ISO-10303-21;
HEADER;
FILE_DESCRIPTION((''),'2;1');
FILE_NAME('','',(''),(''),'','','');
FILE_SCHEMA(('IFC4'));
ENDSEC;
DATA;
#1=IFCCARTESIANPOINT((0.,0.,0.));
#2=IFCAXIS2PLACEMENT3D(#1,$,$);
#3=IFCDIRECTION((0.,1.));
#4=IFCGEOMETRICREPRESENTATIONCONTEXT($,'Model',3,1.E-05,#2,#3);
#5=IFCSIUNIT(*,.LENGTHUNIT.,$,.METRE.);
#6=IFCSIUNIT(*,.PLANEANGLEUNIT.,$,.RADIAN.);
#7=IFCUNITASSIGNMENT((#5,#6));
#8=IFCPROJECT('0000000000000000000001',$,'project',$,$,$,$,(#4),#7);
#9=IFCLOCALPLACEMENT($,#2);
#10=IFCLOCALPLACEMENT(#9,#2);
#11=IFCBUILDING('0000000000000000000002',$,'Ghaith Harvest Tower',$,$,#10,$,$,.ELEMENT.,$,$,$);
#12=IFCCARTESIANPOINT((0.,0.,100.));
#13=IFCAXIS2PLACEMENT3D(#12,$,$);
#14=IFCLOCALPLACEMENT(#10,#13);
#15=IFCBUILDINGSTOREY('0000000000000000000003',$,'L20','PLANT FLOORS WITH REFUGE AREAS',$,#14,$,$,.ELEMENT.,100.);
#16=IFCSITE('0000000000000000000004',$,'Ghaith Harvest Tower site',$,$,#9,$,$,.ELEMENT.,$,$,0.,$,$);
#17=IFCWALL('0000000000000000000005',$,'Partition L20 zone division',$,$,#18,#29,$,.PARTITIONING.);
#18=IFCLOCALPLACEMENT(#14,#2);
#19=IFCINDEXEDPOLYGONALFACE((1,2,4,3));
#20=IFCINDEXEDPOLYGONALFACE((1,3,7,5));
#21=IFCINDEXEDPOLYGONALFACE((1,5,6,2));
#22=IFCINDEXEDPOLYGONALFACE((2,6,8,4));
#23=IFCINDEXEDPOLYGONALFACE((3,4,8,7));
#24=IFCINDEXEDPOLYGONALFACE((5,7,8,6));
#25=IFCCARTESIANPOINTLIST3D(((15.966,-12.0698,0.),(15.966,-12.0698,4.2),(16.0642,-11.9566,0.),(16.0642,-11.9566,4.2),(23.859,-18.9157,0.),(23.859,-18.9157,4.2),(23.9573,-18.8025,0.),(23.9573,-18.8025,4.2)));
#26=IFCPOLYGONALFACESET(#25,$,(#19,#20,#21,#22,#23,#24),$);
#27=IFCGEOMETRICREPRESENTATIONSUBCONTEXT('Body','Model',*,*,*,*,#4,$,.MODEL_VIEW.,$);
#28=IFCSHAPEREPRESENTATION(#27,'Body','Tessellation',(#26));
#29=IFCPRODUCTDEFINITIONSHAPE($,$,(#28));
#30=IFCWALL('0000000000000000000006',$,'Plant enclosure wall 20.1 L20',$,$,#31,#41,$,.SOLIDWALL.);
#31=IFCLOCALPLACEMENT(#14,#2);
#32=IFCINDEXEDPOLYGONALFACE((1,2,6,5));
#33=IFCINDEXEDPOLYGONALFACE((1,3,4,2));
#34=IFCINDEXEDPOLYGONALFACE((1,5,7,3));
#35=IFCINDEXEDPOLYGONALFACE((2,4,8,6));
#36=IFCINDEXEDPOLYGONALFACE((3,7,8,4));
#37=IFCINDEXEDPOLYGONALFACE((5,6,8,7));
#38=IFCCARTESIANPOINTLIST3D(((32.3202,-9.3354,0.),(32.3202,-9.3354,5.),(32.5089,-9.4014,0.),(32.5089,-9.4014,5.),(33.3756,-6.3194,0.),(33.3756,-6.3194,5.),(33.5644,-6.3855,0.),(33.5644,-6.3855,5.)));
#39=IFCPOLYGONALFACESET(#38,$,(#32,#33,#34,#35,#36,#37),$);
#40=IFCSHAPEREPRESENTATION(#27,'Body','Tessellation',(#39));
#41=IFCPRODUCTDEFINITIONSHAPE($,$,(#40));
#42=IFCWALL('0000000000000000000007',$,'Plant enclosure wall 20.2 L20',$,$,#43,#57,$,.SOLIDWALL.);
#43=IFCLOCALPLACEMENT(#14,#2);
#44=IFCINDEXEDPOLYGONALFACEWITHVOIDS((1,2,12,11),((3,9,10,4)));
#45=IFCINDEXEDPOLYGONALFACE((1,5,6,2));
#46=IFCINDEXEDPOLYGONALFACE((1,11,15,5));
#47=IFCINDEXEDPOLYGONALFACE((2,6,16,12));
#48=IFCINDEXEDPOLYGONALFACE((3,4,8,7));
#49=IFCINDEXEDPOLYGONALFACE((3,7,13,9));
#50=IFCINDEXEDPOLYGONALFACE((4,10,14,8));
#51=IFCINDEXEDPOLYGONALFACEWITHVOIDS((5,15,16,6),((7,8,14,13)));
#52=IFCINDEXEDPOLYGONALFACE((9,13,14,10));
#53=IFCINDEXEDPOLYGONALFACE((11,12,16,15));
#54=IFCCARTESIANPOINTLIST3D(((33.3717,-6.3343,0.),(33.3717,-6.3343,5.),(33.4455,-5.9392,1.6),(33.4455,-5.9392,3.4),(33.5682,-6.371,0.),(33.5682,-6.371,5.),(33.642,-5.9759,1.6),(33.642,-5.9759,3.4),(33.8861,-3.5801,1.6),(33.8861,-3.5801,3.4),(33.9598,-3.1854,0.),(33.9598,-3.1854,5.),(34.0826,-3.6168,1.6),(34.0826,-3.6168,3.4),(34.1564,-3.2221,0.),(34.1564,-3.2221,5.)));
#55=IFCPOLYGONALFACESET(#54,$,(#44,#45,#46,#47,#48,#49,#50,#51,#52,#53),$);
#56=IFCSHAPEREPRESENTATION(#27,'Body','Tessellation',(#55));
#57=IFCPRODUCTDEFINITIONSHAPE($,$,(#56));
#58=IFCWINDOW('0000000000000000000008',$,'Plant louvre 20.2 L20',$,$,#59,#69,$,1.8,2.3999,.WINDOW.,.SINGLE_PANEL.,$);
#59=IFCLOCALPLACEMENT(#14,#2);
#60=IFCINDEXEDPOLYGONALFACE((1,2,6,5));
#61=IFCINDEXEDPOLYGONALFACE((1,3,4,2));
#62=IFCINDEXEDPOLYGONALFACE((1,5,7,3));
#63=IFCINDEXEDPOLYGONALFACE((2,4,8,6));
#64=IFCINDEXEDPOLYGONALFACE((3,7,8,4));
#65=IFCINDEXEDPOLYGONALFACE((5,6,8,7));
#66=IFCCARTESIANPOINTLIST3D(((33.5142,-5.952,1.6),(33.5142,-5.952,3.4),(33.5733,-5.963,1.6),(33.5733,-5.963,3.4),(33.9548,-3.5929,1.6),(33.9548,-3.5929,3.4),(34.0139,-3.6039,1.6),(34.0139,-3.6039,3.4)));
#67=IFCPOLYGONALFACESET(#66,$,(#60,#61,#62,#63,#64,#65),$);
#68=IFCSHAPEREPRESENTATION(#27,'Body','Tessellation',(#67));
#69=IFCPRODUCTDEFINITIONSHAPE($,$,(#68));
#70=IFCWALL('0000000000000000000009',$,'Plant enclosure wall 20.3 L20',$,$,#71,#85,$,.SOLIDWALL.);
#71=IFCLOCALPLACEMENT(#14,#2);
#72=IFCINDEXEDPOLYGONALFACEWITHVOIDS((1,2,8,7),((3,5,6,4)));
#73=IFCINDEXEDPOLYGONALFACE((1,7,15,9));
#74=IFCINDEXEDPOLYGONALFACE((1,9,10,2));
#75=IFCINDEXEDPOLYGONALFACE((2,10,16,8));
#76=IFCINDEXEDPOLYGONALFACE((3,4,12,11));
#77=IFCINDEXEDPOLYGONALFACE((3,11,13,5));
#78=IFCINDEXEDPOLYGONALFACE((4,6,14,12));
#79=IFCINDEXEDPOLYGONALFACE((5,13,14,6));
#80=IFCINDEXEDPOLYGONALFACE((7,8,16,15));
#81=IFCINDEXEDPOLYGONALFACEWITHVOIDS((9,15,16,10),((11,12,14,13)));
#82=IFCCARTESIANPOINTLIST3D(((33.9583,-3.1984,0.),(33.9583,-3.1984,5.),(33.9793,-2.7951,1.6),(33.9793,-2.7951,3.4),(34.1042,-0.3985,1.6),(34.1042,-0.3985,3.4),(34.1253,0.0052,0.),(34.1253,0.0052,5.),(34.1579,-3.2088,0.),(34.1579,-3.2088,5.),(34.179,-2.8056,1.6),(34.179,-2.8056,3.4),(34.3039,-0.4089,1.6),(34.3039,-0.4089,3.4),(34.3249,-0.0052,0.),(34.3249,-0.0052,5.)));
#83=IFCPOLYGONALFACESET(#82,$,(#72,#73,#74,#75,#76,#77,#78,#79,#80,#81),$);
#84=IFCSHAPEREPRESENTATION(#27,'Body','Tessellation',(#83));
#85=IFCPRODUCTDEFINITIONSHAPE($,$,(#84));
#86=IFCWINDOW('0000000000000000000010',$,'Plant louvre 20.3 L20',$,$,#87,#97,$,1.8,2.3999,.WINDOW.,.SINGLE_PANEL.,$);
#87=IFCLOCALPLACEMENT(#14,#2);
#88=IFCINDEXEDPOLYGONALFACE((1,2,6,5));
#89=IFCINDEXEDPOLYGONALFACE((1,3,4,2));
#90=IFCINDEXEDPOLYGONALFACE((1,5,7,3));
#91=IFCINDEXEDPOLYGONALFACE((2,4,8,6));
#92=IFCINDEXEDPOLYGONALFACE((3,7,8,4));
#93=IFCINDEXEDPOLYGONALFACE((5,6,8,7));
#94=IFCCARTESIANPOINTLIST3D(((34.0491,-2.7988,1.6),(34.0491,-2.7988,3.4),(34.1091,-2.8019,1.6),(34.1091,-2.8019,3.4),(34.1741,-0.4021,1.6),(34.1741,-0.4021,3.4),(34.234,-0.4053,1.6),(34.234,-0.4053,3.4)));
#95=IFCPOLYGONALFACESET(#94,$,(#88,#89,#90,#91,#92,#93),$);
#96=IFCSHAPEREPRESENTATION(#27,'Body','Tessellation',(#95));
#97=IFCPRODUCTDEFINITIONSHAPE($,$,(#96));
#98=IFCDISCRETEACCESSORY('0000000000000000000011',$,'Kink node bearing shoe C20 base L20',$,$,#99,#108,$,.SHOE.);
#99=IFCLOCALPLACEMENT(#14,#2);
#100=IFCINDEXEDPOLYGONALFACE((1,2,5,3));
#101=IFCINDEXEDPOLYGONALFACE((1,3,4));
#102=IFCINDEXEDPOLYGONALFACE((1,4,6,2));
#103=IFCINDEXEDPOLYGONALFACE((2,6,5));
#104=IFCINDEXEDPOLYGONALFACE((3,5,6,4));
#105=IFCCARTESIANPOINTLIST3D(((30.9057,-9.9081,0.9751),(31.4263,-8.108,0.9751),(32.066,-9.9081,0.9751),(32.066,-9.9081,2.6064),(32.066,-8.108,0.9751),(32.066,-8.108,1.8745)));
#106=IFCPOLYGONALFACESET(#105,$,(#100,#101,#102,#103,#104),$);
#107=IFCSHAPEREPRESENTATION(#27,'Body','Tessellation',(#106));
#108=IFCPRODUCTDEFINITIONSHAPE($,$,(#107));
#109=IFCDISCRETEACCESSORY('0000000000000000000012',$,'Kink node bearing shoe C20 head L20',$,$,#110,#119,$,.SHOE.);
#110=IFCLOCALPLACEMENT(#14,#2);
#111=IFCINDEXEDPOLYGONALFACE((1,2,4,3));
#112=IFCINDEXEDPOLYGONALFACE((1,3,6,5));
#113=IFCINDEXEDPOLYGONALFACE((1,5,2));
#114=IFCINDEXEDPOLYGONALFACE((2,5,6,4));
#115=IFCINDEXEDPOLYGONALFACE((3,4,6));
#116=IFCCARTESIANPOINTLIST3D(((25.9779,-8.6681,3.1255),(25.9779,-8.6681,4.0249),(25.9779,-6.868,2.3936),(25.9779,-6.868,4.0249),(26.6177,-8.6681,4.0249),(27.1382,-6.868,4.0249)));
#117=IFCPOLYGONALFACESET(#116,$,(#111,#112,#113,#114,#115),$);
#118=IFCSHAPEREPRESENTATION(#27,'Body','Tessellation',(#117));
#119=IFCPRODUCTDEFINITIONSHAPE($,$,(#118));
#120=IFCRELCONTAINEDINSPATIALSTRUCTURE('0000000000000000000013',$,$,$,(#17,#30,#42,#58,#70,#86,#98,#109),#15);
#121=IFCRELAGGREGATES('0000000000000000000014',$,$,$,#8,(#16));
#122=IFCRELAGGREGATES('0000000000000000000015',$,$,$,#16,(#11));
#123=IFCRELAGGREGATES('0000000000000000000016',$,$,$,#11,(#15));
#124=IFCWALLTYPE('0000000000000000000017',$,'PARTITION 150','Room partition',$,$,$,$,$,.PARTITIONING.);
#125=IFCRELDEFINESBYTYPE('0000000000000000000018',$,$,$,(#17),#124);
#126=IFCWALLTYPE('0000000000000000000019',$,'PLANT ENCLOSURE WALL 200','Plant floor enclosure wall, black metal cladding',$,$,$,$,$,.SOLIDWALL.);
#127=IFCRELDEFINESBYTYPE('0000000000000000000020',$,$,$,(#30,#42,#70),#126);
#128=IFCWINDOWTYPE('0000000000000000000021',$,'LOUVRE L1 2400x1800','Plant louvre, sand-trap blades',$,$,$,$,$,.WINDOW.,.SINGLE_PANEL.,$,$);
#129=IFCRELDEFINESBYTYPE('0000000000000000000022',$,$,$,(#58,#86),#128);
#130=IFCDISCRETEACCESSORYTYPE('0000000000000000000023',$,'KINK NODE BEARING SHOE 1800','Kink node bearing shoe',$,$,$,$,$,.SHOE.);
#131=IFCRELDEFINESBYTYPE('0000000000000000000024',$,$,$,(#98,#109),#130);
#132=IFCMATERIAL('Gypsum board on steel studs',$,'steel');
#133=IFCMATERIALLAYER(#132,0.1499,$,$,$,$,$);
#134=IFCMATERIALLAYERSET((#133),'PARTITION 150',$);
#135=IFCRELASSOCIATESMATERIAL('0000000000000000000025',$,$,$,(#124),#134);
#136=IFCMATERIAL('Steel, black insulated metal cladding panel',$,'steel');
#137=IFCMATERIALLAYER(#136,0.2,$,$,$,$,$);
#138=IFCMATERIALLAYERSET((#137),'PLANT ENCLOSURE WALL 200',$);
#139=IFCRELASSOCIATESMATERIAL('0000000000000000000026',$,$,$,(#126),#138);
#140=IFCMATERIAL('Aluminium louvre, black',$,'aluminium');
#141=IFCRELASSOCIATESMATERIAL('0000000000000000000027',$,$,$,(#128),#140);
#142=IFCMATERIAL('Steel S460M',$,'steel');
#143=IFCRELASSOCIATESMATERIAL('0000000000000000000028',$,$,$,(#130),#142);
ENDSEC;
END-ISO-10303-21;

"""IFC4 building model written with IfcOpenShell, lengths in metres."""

from ifc_helpers import new_model, si_unit, direction, frame, frame_2d, origin, origin_2d, place, context, subcontext, project, spatial, rectangle, extrude, clip, halfspace, material, layer, layer_set, material_profile, profile_set, type_object, element, fill, save


model = new_model("IFC4")

# Units and contexts
model_context = context("Model", 3, precision=1e-05, world=origin(), true_north=direction((0.0, 1.0)))
body_context = subcontext(model_context, "Body", "Model", "MODEL_VIEW")
ifc_project = project(units=[si_unit("LENGTHUNIT", "METRE"), si_unit("PLANEANGLEUNIT", "RADIAN")], contexts=[model_context])

# Site, building, storey
site_placement = place(None, origin())
site = spatial("IfcSite", under=ifc_project, at=site_placement, Name="Ghaith Harvest Tower site", CompositionType="ELEMENT", RefElevation=0.0)
building_placement = place(site_placement, origin())
building = spatial("IfcBuilding", under=site, at=building_placement, Name="Ghaith Harvest Tower", CompositionType="ELEMENT")
storey_placement = place(building_placement, frame((0.0, 0.0, 100.0)))
storey = spatial("IfcBuildingStorey", under=building, at=storey_placement, Name="L20", Description="PLANT FLOORS WITH REFUGE AREAS", CompositionType="ELEMENT", Elevation=100.0)

# Walls
ifc_material_1 = material(Name="Gypsum board on steel studs", Category="steel")
ifc_layer_1 = layer(ifc_material_1, 0.1499)
ifc_layer_set_1 = layer_set([ifc_layer_1], Name="PARTITION 150")
wall_type_1 = type_object("IfcWallType", Name="PARTITION 150", Description="Room partition", PredefinedType="PARTITIONING", material=ifc_layer_set_1)
wall_1_placement = place(storey_placement, frame((16.0151, -12.0132, 0.0), z_axis=(0.0, 0.0, 1.0), x_axis=(0.755438, -0.65522, 0.0)))
element("IfcWall", 1, at=wall_1_placement, inside=storey, type_object=wall_type_1, Name="Partition L20 zone division", PredefinedType="PARTITIONING", context=body_context, shape_type="SweptSolid", body=[
    extrude(rectangle(XDim=10.4482, YDim=0.1499, at=frame_2d((5.2241, 0.0))), origin(), (0.0, 0.0, 1.0), 4.2),
])
ifc_material_2 = material(Name="Steel, black insulated metal cladding panel", Category="steel")
ifc_layer_2 = layer(ifc_material_2, 0.2)
ifc_layer_set_2 = layer_set([ifc_layer_2], Name="PLANT ENCLOSURE WALL 200")
wall_type_2 = type_object("IfcWallType", Name="PLANT ENCLOSURE WALL 200", Description="Plant floor enclosure wall, black metal cladding", PredefinedType="SOLIDWALL", material=ifc_layer_set_2)
wall_2_placement = place(storey_placement, frame((32.4146, -9.3684, 0.0), z_axis=(0.0, 0.0, 1.0), x_axis=(0.330313, 0.943871, 0.0)))
element("IfcWall", 2, at=wall_2_placement, inside=storey, type_object=wall_type_2, Name="Plant enclosure wall 20.1 L20", PredefinedType="SOLIDWALL", context=body_context, shape_type="SweptSolid", body=[
    extrude(rectangle(XDim=3.1953, YDim=0.2, at=frame_2d((1.5977, 0.0))), origin(), (0.0, 0.0, 1.0), 5.0),
])

# Walls, openings, windows
wall_3_placement = place(storey_placement, frame((33.47, -6.3525, 0.0), z_axis=(0.0, 0.0, 1.0), x_axis=(0.183598, 0.983001, 0.0)))
wall_3 = element("IfcWall", 3, at=wall_3_placement, inside=storey, type_object=wall_type_2, Name="Plant enclosure wall 20.2 L20", PredefinedType="SOLIDWALL", context=body_context, shape_type="SweptSolid", body=[
    extrude(rectangle(XDim=3.2034, YDim=0.2, at=frame_2d((1.6016, 0.0))), origin(), (0.0, 0.0, 1.0), 5.0),
])
opening_1_placement = place(wall_3_placement, frame((0.4019, 0.0, 1.6001)))
opening_1 = element("IfcOpeningElement", 4, at=opening_1_placement, cuts=wall_3, PredefinedType="OPENING", context=body_context, shape_type="SweptSolid", body=[
    extrude(rectangle(XDim=2.3999, YDim=1.8, at=frame_2d((1.2, 0.8999))), frame((0.0, 0.1099, 0.0), z_axis=(0.0, -1.0, 0.0), x_axis=(1.0, 0.0, 0.0)), (0.0, 0.0, 1.0), 0.22),
])
ifc_material_3 = material(Name="Aluminium louvre, black", Category="aluminium")
window_type = type_object("IfcWindowType", Name="LOUVRE L1 2400x1800", Description="Plant louvre, sand-trap blades", PartitioningType="SINGLE_PANEL", PredefinedType="WINDOW", material=ifc_material_3)
window_1_placement = place(opening_1_placement, origin())
window_1 = element("IfcWindow", 5, at=window_1_placement, inside=storey, type_object=window_type, Name="Plant louvre 20.2 L20", OverallHeight=1.8, OverallWidth=2.3999, PartitioningType="SINGLE_PANEL", PredefinedType="WINDOW", context=body_context, shape_type="SweptSolid", body=[
    extrude(rectangle(XDim=2.3999, YDim=1.8, at=frame_2d((1.2, 0.8999))), frame((0.0, 0.03, 0.0), z_axis=(0.0, -1.0, 0.0), x_axis=(1.0, 0.0, 0.0)), (0.0, 0.0, 1.0), 0.0601),
])
fill(opening_1, window_1)
wall_4_placement = place(storey_placement, frame((34.0581, -3.2036, 0.0), z_axis=(0.0, 0.0, 1.0), x_axis=(0.052056, 0.998644, 0.0)))
wall_4 = element("IfcWall", 6, at=wall_4_placement, inside=storey, type_object=wall_type_2, Name="Plant enclosure wall 20.3 L20", PredefinedType="SOLIDWALL", context=body_context, shape_type="SweptSolid", body=[
    extrude(rectangle(XDim=3.208, YDim=0.2, at=frame_2d((1.604, 0.0))), origin(), (0.0, 0.0, 1.0), 5.0),
])
opening_2_placement = place(wall_4_placement, frame((0.4038, 0.0, 1.6001)))
opening_2 = element("IfcOpeningElement", 7, at=opening_2_placement, cuts=wall_4, PredefinedType="OPENING", context=body_context, shape_type="SweptSolid", body=[
    extrude(rectangle(XDim=2.3999, YDim=1.8, at=frame_2d((1.2, 0.8999))), frame((0.0, 0.1099, 0.0), z_axis=(0.0, -1.0, 0.0), x_axis=(1.0, 0.0, 0.0)), (0.0, 0.0, 1.0), 0.22),
])
window_2_placement = place(opening_2_placement, origin())
window_2 = element("IfcWindow", 8, at=window_2_placement, inside=storey, type_object=window_type, Name="Plant louvre 20.3 L20", OverallHeight=1.8, OverallWidth=2.3999, PartitioningType="SINGLE_PANEL", PredefinedType="WINDOW", context=body_context, shape_type="SweptSolid", body=[
    extrude(rectangle(XDim=2.3999, YDim=1.8, at=frame_2d((1.2, 0.8999))), frame((0.0, 0.03, 0.0), z_axis=(0.0, -1.0, 0.0), x_axis=(1.0, 0.0, 0.0)), (0.0, 0.0, 1.0), 0.0601),
])
fill(opening_2, window_2)

# Discrete accessories
ifc_material_4 = material(Name="Steel S460M", Category="steel")
ifc_material_profile_1 = material_profile(ifc_material_4, rectangle(XDim=1.8, YDim=1.8, at=origin_2d()), Name="KINK NODE BEARING SHOE 1800")
ifc_profile_set_1 = profile_set([ifc_material_profile_1], Name="Steel S460M")
discrete_accessory_type = type_object("IfcDiscreteAccessoryType", Name="KINK NODE BEARING SHOE 1800", Description="Kink node bearing shoe", PredefinedType="SHOE", material=ifc_profile_set_1)
discrete_accessory_1_placement = place(storey_placement, frame((31.166, -9.0081, 0.9751), z_axis=(0.0, 0.0, 1.0), x_axis=(1.0, 0.0, 0.0)))
element("IfcDiscreteAccessory", 9, at=discrete_accessory_1_placement, inside=storey, type_object=discrete_accessory_type, Name="Kink node bearing shoe C20 base L20", PredefinedType="SHOE", context=body_context, shape_type="Clipping", body=[
    clip(extrude(rectangle(XDim=1.8, YDim=1.8, at=origin_2d()), origin(), (0.0, 0.0, 1.0), 1.6411), halfspace(frame((0.0, 0.0, 0.0), z_axis=(-0.793163, 0.229366, 0.564167), x_axis=(1.0, 0.0, 0.0)), False)),
])
discrete_accessory_2_placement = place(storey_placement, frame((26.8779, -7.7681, 2.3838), z_axis=(0.0, 0.0, 1.0), x_axis=(1.0, 0.0, 0.0)))
element("IfcDiscreteAccessory", 10, at=discrete_accessory_2_placement, inside=storey, type_object=discrete_accessory_type, Name="Kink node bearing shoe C20 head L20", PredefinedType="SHOE", context=body_context, shape_type="Clipping", body=[
    clip(extrude(rectangle(XDim=1.8, YDim=1.8, at=origin_2d()), origin(), (0.0, 0.0, 1.0), 1.6411), halfspace(frame((0.0, 0.0, 1.6411), z_axis=(0.793163, -0.229366, -0.564167), x_axis=(1.0, 0.0, 0.0)), False)),
])

save(model, "model.ifc")
